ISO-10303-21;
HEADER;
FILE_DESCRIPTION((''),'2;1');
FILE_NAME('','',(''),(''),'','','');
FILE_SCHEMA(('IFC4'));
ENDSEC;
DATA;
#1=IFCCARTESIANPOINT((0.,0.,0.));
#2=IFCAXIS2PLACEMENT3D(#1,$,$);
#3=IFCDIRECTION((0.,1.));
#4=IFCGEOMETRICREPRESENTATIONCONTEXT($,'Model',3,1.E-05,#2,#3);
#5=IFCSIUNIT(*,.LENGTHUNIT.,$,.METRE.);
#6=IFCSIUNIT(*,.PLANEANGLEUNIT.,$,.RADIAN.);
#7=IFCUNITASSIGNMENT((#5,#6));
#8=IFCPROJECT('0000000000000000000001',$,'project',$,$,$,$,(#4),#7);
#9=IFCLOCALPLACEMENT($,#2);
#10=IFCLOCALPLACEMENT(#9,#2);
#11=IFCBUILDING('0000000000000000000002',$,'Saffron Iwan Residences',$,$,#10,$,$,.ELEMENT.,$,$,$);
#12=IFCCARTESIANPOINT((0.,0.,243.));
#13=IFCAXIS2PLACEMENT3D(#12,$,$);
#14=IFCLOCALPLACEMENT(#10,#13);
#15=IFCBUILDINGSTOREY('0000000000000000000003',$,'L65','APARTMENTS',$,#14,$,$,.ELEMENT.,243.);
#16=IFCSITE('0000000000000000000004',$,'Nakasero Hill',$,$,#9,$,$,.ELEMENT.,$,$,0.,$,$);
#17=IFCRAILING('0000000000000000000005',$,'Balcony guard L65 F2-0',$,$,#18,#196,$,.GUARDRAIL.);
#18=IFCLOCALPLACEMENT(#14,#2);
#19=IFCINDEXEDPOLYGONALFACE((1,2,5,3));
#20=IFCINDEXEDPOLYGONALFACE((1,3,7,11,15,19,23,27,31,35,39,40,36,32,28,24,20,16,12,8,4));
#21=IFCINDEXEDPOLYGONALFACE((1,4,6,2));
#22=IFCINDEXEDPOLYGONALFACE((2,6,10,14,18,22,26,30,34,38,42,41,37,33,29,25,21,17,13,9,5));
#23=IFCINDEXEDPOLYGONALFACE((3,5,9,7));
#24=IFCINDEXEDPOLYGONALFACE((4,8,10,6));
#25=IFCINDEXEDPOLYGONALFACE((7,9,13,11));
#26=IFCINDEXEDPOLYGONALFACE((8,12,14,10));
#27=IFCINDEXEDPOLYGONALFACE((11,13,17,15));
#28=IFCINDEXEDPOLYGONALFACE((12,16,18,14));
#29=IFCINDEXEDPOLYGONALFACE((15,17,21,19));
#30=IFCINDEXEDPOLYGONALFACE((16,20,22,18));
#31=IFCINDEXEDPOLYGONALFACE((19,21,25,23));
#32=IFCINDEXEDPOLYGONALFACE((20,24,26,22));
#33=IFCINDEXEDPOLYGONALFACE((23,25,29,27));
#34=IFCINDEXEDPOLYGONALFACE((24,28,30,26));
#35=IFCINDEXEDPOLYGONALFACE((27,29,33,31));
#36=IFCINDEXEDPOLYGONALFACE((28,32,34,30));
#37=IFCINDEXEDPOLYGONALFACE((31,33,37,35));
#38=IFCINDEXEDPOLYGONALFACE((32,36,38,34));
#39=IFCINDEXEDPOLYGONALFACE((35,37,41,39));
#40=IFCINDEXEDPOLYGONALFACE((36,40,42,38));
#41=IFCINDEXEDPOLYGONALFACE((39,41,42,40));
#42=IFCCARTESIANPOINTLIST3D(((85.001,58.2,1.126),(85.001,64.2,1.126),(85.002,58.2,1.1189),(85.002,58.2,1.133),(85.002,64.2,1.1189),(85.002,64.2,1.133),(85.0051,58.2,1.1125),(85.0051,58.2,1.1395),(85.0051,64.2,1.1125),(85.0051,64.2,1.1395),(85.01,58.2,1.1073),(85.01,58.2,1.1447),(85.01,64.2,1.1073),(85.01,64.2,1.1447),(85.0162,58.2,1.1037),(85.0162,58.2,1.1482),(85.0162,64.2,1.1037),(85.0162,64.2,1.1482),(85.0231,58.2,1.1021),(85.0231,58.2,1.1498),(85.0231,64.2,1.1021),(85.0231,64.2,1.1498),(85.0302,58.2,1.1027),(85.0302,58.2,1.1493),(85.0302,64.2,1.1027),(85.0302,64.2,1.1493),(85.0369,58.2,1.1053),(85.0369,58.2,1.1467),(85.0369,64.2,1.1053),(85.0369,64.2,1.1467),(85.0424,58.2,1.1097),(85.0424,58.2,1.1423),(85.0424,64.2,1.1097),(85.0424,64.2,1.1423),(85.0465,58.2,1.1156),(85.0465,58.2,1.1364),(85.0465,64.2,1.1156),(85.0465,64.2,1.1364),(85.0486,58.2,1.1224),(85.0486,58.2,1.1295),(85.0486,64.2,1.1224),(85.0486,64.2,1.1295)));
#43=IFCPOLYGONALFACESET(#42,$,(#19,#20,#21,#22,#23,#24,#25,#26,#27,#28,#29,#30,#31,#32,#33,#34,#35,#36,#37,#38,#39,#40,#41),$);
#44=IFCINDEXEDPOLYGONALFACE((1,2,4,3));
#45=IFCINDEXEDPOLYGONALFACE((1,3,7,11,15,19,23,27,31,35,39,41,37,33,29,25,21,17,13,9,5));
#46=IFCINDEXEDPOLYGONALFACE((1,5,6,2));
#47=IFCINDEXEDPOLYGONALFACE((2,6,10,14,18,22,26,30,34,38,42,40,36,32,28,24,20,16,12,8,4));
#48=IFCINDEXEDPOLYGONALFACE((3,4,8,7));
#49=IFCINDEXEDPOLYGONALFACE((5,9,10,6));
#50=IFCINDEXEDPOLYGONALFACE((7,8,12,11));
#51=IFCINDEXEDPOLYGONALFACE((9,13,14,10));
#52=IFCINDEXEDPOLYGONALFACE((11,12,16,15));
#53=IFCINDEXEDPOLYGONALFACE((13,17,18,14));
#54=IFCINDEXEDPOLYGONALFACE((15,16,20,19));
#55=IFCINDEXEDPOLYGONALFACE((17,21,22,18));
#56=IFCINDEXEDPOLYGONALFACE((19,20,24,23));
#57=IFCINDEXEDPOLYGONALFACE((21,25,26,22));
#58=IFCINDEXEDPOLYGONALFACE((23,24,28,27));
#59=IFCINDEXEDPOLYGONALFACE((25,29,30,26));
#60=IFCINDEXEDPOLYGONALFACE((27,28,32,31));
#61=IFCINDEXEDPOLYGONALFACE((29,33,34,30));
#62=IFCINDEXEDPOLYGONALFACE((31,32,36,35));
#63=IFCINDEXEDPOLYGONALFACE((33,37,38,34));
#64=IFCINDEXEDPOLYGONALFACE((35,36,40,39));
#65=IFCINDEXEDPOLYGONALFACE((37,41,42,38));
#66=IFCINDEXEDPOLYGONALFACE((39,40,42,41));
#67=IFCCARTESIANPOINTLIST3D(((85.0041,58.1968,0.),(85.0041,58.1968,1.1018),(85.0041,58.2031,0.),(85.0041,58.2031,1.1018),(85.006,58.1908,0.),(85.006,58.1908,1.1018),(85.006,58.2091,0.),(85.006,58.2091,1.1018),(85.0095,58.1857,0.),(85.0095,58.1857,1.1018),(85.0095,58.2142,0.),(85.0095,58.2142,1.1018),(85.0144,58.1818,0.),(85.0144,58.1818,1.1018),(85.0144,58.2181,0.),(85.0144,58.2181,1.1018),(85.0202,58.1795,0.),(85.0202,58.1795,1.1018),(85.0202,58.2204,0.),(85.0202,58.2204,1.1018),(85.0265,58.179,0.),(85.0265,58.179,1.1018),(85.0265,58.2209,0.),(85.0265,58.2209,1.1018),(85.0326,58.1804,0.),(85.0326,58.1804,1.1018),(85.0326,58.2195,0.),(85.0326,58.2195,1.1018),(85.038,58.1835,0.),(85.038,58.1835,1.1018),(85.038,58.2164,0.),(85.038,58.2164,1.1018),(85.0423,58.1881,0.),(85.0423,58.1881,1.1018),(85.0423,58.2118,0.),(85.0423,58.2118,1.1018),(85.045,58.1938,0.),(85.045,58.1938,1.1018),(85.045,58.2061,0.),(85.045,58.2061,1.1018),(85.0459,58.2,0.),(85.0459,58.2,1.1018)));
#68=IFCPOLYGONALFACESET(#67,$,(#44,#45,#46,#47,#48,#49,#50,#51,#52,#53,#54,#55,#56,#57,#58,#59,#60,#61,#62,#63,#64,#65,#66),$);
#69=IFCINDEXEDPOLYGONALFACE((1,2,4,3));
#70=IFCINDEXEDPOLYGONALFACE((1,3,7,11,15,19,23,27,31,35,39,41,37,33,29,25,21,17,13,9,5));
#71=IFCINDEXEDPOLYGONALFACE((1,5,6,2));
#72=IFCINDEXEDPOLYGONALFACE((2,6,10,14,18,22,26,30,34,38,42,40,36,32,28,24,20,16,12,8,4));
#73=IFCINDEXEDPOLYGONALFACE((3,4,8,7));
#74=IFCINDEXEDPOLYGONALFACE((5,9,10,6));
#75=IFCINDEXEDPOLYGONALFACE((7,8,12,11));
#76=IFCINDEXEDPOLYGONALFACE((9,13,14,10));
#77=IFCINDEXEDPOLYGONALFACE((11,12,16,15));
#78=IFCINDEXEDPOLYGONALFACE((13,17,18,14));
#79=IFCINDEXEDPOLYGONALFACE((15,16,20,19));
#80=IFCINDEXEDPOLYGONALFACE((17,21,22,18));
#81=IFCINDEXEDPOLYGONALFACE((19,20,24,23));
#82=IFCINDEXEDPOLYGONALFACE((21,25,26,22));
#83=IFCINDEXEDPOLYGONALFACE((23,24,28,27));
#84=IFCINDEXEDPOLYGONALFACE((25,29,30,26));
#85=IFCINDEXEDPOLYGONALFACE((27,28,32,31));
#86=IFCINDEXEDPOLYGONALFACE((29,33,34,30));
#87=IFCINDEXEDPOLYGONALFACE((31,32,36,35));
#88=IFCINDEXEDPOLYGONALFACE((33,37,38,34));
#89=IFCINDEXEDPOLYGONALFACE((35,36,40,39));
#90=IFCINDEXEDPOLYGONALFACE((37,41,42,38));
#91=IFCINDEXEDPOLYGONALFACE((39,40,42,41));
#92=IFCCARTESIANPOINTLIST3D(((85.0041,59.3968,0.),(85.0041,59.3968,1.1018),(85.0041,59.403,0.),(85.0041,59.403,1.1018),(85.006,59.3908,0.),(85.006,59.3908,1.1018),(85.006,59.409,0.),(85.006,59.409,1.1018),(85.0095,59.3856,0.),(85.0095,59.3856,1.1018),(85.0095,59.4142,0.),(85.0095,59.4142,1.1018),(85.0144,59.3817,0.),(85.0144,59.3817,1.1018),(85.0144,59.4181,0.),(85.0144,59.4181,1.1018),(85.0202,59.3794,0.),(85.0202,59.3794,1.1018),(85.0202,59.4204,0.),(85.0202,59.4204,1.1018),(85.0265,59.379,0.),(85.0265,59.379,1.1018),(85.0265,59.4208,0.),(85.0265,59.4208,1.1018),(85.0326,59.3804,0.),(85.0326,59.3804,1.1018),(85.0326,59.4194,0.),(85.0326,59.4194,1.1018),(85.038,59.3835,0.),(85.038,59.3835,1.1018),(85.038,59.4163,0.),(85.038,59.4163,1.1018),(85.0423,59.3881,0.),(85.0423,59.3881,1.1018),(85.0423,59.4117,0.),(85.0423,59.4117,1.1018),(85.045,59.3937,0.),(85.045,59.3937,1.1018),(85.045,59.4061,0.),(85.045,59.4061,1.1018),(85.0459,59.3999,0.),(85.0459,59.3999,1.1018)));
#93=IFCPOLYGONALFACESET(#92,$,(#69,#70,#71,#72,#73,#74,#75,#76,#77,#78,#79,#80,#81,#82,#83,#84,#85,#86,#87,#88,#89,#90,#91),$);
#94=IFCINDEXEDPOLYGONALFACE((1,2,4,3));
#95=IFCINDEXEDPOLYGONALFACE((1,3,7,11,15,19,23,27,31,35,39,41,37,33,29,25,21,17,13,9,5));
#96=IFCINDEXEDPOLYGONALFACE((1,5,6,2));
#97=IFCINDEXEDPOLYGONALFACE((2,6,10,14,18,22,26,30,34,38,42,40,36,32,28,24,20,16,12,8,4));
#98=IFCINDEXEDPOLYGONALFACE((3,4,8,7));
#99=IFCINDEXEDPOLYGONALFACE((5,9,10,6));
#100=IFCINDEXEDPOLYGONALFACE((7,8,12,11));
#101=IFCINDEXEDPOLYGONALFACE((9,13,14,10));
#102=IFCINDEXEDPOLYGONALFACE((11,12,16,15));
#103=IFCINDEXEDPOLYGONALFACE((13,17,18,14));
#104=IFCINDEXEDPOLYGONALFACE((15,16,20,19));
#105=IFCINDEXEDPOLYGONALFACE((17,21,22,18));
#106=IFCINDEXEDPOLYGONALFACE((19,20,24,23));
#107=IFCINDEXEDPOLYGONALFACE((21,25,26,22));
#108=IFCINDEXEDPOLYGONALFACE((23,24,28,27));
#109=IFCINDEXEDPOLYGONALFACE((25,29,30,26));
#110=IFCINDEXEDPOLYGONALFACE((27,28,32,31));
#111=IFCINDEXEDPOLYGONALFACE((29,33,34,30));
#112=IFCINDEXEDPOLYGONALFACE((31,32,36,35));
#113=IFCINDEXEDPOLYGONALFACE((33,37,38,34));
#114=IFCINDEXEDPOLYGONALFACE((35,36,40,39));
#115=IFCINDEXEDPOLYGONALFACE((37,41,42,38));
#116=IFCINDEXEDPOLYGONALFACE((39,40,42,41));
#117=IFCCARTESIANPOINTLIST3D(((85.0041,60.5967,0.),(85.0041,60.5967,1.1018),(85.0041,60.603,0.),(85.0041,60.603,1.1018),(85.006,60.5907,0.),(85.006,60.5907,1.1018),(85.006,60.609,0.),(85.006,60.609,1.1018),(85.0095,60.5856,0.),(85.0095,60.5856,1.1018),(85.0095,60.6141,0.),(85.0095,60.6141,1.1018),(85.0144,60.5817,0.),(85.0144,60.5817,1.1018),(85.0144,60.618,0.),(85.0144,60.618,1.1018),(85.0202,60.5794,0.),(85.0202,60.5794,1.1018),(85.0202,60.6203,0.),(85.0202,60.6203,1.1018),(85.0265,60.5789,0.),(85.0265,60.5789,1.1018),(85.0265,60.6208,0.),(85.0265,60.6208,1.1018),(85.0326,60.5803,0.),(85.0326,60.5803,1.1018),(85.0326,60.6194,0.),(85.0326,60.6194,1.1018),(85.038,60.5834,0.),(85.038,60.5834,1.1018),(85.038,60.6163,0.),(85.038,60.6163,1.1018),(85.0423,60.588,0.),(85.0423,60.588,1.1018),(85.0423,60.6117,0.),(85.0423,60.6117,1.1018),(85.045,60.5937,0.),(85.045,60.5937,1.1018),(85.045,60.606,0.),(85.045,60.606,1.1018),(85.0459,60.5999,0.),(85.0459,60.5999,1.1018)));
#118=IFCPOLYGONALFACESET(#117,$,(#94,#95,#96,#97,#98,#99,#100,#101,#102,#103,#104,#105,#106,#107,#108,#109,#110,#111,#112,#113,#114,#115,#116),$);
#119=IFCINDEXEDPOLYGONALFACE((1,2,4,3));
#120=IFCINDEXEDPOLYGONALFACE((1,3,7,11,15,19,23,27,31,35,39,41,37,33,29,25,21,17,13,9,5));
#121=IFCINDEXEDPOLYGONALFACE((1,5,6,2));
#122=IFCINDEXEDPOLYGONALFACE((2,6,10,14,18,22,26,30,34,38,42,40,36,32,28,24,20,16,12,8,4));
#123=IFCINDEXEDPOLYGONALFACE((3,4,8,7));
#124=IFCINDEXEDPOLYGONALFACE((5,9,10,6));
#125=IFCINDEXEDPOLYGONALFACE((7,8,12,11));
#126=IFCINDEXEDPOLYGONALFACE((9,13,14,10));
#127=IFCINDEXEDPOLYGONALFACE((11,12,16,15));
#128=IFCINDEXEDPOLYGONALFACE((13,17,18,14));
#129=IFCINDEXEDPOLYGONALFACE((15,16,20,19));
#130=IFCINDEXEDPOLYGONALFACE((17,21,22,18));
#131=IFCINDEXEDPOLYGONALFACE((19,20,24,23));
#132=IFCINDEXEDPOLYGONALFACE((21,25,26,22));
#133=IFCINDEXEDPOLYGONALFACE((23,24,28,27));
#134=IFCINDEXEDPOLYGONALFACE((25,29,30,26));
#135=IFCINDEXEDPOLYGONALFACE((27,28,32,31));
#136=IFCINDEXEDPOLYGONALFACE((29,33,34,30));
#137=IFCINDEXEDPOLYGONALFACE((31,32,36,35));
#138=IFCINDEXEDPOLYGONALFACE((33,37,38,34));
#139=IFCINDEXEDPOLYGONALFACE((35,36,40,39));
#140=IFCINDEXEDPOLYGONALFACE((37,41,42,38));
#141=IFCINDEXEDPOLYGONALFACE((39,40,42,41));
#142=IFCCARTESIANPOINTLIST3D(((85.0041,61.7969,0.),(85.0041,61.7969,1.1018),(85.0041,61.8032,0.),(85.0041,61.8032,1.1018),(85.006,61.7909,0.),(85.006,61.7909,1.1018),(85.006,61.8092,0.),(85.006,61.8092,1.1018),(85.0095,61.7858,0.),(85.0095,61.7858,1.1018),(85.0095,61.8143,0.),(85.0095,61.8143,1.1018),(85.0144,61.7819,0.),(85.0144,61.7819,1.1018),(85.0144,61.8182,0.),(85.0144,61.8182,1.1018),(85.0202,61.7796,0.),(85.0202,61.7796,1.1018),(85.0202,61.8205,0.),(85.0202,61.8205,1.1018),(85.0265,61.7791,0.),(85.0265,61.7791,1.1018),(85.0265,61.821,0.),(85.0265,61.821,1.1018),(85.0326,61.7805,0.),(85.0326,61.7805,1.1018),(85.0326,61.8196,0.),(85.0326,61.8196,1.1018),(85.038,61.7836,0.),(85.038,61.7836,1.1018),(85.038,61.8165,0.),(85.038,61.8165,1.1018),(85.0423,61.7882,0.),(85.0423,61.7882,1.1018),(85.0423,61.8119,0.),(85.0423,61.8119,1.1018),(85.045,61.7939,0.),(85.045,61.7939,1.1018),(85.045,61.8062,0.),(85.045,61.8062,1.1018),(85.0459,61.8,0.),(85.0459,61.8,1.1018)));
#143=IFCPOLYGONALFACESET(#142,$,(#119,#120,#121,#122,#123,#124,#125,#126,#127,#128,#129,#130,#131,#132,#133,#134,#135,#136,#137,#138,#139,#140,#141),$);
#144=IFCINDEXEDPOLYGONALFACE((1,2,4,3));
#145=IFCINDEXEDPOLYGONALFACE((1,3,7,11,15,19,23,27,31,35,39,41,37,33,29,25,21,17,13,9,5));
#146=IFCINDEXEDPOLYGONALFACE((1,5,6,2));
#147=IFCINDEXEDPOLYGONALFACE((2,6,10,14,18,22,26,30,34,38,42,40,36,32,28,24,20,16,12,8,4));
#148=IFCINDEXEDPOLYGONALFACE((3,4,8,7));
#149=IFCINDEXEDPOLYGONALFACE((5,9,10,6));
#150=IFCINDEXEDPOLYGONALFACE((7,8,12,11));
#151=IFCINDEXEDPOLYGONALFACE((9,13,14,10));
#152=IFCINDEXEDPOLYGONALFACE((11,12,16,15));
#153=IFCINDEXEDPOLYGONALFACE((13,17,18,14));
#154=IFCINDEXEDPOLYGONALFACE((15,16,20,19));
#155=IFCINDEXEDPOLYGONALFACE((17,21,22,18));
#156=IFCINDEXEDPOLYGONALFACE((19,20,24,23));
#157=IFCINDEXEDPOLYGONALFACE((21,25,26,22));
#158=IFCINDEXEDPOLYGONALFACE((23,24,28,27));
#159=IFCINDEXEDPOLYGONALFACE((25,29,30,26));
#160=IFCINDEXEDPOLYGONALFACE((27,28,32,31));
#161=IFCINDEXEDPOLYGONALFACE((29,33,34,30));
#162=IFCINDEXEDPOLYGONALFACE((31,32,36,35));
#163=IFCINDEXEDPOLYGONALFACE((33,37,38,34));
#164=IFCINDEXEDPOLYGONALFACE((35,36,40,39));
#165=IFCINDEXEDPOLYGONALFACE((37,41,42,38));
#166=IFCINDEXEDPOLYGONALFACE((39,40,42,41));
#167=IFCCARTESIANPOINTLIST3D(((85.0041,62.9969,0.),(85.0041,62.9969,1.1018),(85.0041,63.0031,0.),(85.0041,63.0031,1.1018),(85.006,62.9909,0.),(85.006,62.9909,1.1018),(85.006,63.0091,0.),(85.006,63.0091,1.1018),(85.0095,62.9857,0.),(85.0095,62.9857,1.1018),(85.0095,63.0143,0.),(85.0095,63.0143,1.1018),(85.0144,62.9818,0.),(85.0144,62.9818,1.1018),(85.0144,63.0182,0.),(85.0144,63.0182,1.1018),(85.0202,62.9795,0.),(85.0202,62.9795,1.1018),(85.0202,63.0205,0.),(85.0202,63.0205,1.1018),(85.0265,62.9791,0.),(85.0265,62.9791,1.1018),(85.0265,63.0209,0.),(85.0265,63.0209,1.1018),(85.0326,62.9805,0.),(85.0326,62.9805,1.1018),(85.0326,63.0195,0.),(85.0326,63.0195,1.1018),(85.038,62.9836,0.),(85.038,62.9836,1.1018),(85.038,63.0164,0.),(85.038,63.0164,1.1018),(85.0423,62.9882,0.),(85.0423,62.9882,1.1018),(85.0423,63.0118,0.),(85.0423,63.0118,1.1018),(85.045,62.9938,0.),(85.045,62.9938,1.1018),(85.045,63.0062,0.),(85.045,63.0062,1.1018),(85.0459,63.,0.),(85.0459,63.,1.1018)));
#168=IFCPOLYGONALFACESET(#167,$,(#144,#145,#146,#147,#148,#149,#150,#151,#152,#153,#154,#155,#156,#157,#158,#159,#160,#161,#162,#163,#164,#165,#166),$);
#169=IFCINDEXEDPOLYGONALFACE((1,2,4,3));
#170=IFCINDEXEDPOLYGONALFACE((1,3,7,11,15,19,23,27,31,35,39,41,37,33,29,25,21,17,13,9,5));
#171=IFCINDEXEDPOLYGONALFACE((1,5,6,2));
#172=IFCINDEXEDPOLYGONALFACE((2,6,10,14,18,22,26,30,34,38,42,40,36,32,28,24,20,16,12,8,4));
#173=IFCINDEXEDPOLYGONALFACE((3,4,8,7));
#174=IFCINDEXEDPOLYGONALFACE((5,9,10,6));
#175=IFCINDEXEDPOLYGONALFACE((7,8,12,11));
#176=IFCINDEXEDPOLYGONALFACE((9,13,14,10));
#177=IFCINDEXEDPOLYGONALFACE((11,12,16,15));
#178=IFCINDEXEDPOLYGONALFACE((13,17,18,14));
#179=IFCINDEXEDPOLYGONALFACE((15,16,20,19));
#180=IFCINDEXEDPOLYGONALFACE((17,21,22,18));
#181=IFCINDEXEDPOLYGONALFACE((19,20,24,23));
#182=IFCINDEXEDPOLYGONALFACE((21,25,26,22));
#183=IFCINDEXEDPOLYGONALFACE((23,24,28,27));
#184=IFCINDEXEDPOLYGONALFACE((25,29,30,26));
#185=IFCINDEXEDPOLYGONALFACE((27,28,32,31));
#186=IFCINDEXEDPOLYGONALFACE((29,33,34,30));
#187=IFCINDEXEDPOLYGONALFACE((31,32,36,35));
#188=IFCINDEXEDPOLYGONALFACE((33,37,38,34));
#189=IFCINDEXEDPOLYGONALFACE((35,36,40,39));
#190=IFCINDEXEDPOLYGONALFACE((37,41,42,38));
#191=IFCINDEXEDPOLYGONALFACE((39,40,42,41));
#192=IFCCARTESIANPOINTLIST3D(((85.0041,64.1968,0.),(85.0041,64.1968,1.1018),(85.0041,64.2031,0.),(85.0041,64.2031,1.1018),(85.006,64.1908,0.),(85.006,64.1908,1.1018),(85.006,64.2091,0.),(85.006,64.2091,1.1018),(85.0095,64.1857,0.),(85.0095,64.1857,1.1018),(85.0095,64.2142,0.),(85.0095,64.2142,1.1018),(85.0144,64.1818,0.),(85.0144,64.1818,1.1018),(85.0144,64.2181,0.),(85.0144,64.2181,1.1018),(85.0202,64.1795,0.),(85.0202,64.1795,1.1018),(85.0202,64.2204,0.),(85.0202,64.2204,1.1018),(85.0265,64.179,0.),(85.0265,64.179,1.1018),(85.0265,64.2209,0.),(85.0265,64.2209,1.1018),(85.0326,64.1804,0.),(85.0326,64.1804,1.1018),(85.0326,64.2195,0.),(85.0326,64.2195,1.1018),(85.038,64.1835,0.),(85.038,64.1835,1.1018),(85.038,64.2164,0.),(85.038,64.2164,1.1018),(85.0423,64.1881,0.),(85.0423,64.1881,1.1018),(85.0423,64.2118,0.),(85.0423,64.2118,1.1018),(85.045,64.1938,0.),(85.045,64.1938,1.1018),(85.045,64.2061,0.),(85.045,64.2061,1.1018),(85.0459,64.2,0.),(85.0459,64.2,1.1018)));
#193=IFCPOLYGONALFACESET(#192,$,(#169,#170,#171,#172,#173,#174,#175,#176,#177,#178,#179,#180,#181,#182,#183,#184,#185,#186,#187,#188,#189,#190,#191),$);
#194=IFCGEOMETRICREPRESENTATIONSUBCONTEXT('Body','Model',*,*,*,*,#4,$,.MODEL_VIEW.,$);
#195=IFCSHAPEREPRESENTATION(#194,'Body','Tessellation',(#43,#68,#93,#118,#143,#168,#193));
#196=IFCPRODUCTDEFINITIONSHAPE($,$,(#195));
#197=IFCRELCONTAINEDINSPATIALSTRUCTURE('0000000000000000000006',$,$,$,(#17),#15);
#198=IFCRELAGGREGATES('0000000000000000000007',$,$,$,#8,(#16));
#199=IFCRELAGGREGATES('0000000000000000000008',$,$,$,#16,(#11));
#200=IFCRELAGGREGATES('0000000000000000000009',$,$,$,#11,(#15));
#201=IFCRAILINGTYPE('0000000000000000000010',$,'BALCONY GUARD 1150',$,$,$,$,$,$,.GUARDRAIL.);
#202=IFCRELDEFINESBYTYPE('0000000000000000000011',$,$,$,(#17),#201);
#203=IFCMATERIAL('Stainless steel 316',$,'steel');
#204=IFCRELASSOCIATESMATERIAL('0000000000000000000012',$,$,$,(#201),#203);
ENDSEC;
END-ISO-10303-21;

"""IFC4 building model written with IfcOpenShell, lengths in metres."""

from ifc_helpers import new_model, si_unit, direction, frame, origin, origin_2d, place, context, subcontext, project, spatial, circle, extrude, material, type_object, element, save


model = new_model("IFC4")

# Units and contexts
model_context = context("Model", 3, precision=1e-05, world=origin(), true_north=direction((0.0, 1.0)))
body_context = subcontext(model_context, "Body", "Model", "MODEL_VIEW")
ifc_project = project(units=[si_unit("LENGTHUNIT", "METRE"), si_unit("PLANEANGLEUNIT", "RADIAN")], contexts=[model_context])

# Site, building, storey
site_placement = place(None, origin())
site = spatial("IfcSite", under=ifc_project, at=site_placement, Name="Nakasero Hill", CompositionType="ELEMENT", RefElevation=0.0)
building_placement = place(site_placement, origin())
building = spatial("IfcBuilding", under=site, at=building_placement, Name="Saffron Iwan Residences", CompositionType="ELEMENT")
storey_placement = place(building_placement, frame((0.0, 0.0, 243.0)))
storey = spatial("IfcBuildingStorey", under=building, at=storey_placement, Name="L65", Description="APARTMENTS", CompositionType="ELEMENT", Elevation=243.0)

# Railing
ifc_material_1 = material(Name="Stainless steel 316", Category="steel")
railing_type = type_object("IfcRailingType", Name="BALCONY GUARD 1150", PredefinedType="GUARDRAIL", material=ifc_material_1)
railing_placement = place(storey_placement, frame((85.0249, 58.2, 0.0)))
element("IfcRailing", 1, at=railing_placement, inside=storey, type_object=railing_type, Name="Balcony guard L65 F2-0", PredefinedType="GUARDRAIL", context=body_context, shape_type="SweptSolid", body=[
    extrude(circle(Radius=0.0239, at=origin_2d()), frame((0.0, 0.0, 1.126), z_axis=(0.0, 1.0, 0.0), x_axis=(-1.0, 0.0, 0.0)), (0.0, 0.0, 1.0), 6.0),
    extrude(circle(Radius=0.021, at=origin_2d()), origin(), (0.0, 0.0, 1.0), 1.1018),
    extrude(circle(Radius=0.021, at=origin_2d()), frame((0.0, 1.2, 0.0)), (0.0, 0.0, 1.0), 1.1018),
    extrude(circle(Radius=0.021, at=origin_2d()), frame((0.0, 2.3999, 0.0)), (0.0, 0.0, 1.0), 1.1018),
    extrude(circle(Radius=0.021, at=origin_2d()), frame((0.0, 3.6001, 0.0)), (0.0, 0.0, 1.0), 1.1018),
    extrude(circle(Radius=0.021, at=origin_2d()), frame((0.0, 4.8, 0.0)), (0.0, 0.0, 1.0), 1.1018),
    extrude(circle(Radius=0.021, at=origin_2d()), frame((0.0, 6.0, 0.0)), (0.0, 0.0, 1.0), 1.1018),
])

save(model, "model.ifc")
